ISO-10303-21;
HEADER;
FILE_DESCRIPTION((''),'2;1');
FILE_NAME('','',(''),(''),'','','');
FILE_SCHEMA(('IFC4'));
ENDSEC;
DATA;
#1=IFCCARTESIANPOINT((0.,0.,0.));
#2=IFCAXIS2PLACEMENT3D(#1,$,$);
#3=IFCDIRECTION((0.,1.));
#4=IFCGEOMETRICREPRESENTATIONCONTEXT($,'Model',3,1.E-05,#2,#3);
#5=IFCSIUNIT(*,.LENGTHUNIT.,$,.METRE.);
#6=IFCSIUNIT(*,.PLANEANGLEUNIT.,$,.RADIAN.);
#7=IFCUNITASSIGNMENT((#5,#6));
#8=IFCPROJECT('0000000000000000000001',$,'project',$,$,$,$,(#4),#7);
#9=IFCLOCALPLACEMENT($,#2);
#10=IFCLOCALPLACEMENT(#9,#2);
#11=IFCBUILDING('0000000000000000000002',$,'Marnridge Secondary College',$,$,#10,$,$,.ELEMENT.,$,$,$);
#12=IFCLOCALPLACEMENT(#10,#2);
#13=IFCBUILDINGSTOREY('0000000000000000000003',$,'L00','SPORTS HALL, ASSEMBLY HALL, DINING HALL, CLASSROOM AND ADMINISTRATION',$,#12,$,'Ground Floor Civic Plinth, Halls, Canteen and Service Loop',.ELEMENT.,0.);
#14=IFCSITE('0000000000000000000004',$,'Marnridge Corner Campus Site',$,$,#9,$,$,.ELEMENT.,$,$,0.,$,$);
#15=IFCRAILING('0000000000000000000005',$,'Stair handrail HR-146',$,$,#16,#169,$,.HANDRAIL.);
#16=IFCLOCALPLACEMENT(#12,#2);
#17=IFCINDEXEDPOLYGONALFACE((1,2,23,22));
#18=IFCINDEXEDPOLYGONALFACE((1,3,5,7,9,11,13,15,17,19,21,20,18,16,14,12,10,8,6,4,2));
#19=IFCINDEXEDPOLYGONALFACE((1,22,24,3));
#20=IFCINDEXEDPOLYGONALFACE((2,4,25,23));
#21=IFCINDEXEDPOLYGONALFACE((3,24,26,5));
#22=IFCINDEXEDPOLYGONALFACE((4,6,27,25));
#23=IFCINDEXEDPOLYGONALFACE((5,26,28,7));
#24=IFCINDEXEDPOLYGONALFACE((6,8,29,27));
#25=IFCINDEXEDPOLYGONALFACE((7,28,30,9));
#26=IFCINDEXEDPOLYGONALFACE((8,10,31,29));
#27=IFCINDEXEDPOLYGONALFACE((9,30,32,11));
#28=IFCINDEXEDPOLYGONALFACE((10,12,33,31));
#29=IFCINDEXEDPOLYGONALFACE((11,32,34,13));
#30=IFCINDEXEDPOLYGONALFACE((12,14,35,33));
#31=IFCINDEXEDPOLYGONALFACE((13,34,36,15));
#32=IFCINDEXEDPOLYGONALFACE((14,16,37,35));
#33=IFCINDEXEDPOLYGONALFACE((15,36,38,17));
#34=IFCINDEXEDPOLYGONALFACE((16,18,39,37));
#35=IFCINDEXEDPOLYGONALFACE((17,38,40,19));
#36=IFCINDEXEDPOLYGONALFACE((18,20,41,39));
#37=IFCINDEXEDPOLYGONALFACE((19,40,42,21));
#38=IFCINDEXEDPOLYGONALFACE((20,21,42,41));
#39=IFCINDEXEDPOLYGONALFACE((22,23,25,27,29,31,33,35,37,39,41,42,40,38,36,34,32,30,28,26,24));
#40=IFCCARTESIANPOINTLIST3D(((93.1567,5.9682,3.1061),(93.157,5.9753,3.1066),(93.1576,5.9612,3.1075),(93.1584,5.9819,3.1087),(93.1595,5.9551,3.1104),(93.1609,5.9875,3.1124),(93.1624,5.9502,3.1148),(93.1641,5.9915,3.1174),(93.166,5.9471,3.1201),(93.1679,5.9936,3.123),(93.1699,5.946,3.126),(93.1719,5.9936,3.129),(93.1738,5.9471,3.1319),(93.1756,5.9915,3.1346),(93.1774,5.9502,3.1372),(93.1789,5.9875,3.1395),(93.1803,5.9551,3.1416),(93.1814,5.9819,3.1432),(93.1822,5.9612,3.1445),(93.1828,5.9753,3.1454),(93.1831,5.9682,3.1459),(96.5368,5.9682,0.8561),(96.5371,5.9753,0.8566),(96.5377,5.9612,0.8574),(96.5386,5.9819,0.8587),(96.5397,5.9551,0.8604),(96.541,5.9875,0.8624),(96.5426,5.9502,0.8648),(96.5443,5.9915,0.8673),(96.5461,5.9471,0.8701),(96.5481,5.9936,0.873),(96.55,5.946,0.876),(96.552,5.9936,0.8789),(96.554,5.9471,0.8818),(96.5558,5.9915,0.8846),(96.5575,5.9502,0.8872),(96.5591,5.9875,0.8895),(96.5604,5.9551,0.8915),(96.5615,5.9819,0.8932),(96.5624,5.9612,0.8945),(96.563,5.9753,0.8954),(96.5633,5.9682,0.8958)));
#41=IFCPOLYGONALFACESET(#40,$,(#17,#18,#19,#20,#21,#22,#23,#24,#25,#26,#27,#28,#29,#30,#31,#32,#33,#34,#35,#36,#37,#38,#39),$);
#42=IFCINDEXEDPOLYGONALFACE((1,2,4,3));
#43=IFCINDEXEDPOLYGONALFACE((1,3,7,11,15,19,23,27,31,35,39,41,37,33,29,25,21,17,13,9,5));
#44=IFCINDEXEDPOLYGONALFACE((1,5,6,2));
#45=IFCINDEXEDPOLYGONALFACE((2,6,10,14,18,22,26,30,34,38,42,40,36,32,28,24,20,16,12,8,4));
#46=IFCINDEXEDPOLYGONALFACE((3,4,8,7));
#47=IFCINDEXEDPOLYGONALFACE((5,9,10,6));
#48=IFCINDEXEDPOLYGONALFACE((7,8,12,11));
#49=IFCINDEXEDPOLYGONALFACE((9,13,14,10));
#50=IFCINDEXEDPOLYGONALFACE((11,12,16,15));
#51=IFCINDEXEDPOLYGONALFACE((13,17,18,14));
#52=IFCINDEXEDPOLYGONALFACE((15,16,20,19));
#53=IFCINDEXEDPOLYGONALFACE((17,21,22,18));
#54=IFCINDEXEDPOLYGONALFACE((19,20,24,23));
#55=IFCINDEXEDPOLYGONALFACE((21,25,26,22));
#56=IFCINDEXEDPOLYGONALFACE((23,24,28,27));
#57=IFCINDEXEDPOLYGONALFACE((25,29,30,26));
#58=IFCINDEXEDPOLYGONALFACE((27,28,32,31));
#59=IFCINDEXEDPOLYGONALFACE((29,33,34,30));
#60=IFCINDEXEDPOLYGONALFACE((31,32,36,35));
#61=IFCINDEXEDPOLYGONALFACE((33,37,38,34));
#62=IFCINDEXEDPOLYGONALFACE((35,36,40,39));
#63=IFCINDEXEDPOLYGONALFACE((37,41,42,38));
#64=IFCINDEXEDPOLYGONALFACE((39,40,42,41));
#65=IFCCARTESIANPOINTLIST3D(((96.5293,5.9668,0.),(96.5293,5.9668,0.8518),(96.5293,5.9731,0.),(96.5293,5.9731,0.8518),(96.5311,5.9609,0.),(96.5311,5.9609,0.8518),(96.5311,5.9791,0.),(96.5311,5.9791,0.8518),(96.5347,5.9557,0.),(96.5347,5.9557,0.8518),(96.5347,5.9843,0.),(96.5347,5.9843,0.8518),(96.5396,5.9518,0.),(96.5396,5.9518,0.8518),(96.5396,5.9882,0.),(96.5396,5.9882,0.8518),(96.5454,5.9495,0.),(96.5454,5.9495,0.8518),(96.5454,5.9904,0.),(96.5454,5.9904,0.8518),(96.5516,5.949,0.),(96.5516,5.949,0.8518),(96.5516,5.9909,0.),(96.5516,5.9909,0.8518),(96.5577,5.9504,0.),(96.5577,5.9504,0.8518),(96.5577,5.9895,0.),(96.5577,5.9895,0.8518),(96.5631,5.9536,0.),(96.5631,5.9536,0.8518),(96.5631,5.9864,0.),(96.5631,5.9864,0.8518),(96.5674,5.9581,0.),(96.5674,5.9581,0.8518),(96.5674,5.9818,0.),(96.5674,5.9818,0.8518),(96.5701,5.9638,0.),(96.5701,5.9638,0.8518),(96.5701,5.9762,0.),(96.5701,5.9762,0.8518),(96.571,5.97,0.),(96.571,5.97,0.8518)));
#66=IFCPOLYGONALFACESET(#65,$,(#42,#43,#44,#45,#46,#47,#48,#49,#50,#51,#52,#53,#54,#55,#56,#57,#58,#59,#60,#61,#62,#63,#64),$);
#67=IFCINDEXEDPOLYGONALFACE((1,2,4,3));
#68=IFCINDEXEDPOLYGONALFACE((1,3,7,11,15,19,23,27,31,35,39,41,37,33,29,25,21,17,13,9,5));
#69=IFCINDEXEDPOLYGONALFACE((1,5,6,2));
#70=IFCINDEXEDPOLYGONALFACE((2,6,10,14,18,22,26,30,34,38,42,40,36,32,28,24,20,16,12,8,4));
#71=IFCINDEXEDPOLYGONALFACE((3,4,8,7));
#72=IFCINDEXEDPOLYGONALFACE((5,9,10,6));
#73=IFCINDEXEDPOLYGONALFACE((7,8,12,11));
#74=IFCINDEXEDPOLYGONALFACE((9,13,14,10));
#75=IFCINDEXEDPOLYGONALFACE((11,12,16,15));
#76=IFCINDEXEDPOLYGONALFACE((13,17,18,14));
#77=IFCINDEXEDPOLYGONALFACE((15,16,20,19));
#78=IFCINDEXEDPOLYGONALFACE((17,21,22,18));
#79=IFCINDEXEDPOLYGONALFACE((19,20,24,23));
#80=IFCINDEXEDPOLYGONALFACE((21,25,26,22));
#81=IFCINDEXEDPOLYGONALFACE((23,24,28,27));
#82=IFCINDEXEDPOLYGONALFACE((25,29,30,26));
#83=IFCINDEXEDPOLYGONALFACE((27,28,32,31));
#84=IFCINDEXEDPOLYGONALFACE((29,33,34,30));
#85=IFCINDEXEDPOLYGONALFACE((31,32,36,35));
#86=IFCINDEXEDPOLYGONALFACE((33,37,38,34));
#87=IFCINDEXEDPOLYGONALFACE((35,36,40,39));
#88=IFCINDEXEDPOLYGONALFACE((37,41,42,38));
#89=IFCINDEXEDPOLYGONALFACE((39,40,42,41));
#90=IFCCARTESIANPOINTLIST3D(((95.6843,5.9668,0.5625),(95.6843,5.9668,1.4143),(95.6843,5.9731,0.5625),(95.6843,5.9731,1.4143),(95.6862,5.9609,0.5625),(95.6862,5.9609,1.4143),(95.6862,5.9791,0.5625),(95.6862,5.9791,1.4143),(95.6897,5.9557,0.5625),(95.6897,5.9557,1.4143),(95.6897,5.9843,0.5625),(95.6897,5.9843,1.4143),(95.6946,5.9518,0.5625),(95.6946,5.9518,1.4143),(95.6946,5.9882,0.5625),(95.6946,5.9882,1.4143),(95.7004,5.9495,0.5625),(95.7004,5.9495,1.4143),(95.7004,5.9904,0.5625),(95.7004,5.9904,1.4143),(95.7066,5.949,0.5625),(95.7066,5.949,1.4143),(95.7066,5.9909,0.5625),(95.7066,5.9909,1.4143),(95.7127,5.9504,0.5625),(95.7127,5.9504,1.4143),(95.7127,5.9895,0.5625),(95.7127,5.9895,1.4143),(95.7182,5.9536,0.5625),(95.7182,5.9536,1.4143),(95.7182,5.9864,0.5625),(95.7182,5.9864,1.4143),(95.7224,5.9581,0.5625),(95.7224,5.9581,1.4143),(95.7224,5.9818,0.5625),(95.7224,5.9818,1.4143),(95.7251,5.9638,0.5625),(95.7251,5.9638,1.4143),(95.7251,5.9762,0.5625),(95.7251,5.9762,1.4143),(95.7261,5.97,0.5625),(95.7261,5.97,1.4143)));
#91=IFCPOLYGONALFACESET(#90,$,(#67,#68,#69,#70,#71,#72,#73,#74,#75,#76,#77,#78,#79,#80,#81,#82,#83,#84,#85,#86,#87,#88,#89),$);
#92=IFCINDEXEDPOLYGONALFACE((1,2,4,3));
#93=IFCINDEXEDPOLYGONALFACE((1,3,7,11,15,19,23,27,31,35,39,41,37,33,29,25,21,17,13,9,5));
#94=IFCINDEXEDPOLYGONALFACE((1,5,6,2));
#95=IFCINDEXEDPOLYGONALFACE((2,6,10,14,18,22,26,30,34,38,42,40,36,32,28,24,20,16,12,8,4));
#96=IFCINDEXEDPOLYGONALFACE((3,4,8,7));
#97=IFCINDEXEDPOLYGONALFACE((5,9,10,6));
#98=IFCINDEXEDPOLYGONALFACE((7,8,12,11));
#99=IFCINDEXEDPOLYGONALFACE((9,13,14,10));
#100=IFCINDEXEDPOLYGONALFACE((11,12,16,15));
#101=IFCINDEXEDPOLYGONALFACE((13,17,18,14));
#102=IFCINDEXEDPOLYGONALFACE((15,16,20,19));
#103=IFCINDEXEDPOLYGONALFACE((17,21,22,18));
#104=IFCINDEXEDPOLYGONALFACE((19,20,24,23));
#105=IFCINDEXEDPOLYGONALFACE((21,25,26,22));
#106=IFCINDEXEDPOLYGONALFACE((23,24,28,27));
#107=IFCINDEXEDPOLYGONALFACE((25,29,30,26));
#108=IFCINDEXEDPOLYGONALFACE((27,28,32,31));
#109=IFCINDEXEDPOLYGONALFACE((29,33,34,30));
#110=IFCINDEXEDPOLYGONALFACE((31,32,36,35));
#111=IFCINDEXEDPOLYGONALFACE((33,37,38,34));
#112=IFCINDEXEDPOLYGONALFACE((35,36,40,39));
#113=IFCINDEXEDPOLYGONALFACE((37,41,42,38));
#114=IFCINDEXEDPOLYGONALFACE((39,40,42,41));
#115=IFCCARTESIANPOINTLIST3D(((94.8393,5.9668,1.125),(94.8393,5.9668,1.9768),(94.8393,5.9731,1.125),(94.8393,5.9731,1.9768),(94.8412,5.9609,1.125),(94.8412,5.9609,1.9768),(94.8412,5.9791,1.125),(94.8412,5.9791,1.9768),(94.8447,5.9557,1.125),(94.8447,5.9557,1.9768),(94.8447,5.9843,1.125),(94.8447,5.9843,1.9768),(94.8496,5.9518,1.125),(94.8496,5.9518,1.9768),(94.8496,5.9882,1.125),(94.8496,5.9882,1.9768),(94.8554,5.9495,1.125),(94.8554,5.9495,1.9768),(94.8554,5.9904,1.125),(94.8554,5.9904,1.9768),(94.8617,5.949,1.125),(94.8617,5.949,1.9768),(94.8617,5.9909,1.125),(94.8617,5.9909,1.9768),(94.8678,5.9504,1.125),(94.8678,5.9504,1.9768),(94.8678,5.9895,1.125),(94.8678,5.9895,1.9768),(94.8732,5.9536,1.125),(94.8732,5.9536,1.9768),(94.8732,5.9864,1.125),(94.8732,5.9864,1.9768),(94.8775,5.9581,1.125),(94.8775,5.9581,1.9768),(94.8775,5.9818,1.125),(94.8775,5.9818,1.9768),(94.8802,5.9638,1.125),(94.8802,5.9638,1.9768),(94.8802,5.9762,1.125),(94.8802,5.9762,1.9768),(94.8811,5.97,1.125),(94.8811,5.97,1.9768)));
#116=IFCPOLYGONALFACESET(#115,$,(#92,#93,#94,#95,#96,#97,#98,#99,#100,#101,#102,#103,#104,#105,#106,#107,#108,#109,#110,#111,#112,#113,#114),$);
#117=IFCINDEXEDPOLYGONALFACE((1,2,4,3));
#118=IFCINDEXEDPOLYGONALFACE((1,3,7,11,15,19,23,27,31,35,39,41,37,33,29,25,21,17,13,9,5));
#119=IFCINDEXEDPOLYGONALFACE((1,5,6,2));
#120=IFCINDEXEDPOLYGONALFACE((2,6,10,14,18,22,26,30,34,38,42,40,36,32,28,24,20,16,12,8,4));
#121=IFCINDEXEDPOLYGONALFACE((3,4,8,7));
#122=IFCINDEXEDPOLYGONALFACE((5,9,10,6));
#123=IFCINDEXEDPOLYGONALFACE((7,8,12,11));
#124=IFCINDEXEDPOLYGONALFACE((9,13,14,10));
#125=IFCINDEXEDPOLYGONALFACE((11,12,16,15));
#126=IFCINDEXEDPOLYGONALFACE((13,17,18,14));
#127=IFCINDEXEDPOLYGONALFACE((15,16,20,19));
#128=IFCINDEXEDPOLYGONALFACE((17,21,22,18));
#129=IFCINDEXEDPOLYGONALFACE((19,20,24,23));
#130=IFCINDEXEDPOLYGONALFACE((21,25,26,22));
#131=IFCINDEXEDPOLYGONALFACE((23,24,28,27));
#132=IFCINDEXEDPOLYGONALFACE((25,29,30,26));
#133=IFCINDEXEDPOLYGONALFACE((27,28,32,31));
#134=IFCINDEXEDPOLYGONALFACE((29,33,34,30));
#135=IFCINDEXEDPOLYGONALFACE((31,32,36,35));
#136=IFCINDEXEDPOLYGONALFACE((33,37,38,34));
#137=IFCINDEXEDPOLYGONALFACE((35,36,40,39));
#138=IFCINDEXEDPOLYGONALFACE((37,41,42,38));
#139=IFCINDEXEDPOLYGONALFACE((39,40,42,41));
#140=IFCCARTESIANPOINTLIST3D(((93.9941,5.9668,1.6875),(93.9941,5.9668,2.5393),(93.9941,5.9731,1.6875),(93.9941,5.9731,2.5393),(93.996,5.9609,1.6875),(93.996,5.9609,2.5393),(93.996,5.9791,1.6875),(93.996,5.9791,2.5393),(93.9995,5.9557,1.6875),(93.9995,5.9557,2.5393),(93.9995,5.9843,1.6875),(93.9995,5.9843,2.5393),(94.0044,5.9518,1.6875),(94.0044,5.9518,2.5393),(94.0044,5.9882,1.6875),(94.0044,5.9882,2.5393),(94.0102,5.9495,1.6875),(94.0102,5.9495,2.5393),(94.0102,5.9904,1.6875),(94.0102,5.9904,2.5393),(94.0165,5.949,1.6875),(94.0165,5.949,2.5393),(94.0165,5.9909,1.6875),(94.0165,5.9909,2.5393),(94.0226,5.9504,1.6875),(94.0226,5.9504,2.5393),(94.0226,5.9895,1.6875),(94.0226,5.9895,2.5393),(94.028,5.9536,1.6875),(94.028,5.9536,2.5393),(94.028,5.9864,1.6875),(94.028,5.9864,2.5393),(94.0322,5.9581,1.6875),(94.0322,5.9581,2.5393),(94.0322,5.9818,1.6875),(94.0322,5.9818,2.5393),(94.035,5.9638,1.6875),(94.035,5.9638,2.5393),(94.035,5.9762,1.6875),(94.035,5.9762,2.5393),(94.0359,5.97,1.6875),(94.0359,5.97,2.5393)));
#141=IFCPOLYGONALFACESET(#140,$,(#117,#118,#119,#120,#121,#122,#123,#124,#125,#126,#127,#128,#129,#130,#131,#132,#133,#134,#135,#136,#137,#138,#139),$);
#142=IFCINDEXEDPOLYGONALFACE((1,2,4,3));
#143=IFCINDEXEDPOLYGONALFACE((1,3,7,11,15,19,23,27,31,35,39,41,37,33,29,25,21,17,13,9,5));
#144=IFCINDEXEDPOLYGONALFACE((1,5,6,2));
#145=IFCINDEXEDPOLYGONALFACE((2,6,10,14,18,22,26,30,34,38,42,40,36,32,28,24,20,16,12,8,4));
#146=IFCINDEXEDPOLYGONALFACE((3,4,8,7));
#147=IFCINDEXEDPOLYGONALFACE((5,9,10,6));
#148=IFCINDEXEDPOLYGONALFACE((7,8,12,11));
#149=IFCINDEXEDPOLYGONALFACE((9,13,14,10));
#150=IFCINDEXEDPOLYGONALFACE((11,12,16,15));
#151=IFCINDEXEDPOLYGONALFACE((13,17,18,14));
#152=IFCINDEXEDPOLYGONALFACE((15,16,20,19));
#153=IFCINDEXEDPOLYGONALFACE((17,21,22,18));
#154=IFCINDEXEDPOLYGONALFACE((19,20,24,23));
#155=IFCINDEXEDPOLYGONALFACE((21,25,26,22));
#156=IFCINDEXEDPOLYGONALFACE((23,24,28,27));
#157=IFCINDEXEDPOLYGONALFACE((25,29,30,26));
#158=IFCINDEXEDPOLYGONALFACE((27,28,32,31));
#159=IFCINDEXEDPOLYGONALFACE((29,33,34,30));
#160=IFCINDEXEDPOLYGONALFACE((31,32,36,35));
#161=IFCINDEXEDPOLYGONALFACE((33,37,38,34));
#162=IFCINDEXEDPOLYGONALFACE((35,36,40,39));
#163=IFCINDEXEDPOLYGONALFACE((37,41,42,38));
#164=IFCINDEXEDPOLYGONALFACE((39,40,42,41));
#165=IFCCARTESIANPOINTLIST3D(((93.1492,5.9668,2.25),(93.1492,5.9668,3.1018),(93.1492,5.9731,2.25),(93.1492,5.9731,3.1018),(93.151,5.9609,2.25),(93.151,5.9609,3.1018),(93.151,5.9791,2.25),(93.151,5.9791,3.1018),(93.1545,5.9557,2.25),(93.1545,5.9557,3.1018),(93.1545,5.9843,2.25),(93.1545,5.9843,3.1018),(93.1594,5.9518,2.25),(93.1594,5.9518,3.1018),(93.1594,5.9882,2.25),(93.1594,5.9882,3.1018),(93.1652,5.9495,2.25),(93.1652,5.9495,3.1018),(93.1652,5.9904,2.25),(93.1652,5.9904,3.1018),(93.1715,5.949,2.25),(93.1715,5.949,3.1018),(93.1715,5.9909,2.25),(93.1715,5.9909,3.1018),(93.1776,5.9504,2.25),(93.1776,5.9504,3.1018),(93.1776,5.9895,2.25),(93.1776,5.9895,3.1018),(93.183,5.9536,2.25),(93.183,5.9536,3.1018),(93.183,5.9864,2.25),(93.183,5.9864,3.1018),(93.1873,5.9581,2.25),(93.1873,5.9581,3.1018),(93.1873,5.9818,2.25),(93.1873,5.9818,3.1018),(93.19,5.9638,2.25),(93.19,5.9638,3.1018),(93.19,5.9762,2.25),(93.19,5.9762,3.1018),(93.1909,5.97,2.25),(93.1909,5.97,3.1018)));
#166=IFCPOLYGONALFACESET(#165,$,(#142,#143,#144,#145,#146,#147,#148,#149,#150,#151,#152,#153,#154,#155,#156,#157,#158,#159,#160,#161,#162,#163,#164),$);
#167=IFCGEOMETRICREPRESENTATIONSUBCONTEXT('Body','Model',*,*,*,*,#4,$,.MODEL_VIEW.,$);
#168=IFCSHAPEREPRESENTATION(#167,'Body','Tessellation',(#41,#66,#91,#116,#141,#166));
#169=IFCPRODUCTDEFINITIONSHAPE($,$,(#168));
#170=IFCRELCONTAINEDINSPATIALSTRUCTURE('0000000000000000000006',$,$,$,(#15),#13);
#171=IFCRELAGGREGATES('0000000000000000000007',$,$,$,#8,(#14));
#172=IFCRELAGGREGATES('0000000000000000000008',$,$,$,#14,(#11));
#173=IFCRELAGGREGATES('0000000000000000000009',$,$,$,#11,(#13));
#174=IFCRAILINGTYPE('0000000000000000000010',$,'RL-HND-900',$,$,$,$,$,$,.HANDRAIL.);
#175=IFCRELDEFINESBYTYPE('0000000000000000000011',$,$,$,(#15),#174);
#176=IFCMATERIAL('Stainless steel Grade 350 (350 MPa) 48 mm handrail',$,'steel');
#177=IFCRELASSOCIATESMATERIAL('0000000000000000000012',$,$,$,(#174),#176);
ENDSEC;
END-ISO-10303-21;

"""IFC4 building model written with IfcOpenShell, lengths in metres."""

from ifc_helpers import new_model, si_unit, direction, frame, origin, origin_2d, place, context, subcontext, project, spatial, circle, extrude, material, type_object, element, save


model = new_model("IFC4")

# Units and contexts
model_context = context("Model", 3, precision=1e-05, world=origin(), true_north=direction((0.0, 1.0)))
body_context = subcontext(model_context, "Body", "Model", "MODEL_VIEW")
ifc_project = project(units=[si_unit("LENGTHUNIT", "METRE"), si_unit("PLANEANGLEUNIT", "RADIAN")], contexts=[model_context])

# Site, building, storey
site_placement = place(None, origin())
site = spatial("IfcSite", under=ifc_project, at=site_placement, Name="Marnridge Corner Campus Site", CompositionType="ELEMENT", RefElevation=0.0)
building_placement = place(site_placement, origin())
building = spatial("IfcBuilding", under=site, at=building_placement, Name="Marnridge Secondary College", CompositionType="ELEMENT")
storey_placement = place(building_placement, origin())
storey = spatial("IfcBuildingStorey", under=building, at=storey_placement, Name="L00", Description="SPORTS HALL, ASSEMBLY HALL, DINING HALL, CLASSROOM AND ADMINISTRATION", LongName="Ground Floor Civic Plinth, Halls, Canteen and Service Loop", CompositionType="ELEMENT", Elevation=0.0)

# Railing
ifc_material_1 = material(Name="Stainless steel Grade 350 (350 MPa) 48 mm handrail", Category="steel")
railing_type_1 = type_object("IfcRailingType", Name="RL-HND-900", PredefinedType="HANDRAIL", material=ifc_material_1)
for number, where, name in (
    (1, (96.55, 5.97, 0.0), "Stair handrail HR-146"),
):
    element("IfcRailing", number, at=place(storey_placement, frame(where)), inside=storey, type_object=railing_type_1, Name=name, PredefinedType="HANDRAIL", context=body_context, shape_type="SweptSolid", body=[
        extrude(circle(Radius=0.0239, at=origin_2d()), frame((0.0, 0.0, 0.876), z_axis=(-0.832439, 0.0, 0.554117), x_axis=(0.0, -1.0, 0.0)), (0.0, 0.0, 1.0), 4.0605),
        extrude(circle(Radius=0.021, at=origin_2d()), origin(), (0.0, 0.0, 1.0), 0.8518),
        extrude(circle(Radius=0.021, at=origin_2d()), frame((-0.845, 0.0, 0.5625)), (0.0, 0.0, 1.0), 0.8518),
        extrude(circle(Radius=0.021, at=origin_2d()), frame((-1.6899, 0.0, 1.125)), (0.0, 0.0, 1.0), 0.8518),
        extrude(circle(Radius=0.021, at=origin_2d()), frame((-2.5352, 0.0, 1.6875)), (0.0, 0.0, 1.0), 0.8518),
        extrude(circle(Radius=0.021, at=origin_2d()), frame((-3.3801, 0.0, 2.25)), (0.0, 0.0, 1.0), 0.8518),
    ])

save(model, "model.ifc")
